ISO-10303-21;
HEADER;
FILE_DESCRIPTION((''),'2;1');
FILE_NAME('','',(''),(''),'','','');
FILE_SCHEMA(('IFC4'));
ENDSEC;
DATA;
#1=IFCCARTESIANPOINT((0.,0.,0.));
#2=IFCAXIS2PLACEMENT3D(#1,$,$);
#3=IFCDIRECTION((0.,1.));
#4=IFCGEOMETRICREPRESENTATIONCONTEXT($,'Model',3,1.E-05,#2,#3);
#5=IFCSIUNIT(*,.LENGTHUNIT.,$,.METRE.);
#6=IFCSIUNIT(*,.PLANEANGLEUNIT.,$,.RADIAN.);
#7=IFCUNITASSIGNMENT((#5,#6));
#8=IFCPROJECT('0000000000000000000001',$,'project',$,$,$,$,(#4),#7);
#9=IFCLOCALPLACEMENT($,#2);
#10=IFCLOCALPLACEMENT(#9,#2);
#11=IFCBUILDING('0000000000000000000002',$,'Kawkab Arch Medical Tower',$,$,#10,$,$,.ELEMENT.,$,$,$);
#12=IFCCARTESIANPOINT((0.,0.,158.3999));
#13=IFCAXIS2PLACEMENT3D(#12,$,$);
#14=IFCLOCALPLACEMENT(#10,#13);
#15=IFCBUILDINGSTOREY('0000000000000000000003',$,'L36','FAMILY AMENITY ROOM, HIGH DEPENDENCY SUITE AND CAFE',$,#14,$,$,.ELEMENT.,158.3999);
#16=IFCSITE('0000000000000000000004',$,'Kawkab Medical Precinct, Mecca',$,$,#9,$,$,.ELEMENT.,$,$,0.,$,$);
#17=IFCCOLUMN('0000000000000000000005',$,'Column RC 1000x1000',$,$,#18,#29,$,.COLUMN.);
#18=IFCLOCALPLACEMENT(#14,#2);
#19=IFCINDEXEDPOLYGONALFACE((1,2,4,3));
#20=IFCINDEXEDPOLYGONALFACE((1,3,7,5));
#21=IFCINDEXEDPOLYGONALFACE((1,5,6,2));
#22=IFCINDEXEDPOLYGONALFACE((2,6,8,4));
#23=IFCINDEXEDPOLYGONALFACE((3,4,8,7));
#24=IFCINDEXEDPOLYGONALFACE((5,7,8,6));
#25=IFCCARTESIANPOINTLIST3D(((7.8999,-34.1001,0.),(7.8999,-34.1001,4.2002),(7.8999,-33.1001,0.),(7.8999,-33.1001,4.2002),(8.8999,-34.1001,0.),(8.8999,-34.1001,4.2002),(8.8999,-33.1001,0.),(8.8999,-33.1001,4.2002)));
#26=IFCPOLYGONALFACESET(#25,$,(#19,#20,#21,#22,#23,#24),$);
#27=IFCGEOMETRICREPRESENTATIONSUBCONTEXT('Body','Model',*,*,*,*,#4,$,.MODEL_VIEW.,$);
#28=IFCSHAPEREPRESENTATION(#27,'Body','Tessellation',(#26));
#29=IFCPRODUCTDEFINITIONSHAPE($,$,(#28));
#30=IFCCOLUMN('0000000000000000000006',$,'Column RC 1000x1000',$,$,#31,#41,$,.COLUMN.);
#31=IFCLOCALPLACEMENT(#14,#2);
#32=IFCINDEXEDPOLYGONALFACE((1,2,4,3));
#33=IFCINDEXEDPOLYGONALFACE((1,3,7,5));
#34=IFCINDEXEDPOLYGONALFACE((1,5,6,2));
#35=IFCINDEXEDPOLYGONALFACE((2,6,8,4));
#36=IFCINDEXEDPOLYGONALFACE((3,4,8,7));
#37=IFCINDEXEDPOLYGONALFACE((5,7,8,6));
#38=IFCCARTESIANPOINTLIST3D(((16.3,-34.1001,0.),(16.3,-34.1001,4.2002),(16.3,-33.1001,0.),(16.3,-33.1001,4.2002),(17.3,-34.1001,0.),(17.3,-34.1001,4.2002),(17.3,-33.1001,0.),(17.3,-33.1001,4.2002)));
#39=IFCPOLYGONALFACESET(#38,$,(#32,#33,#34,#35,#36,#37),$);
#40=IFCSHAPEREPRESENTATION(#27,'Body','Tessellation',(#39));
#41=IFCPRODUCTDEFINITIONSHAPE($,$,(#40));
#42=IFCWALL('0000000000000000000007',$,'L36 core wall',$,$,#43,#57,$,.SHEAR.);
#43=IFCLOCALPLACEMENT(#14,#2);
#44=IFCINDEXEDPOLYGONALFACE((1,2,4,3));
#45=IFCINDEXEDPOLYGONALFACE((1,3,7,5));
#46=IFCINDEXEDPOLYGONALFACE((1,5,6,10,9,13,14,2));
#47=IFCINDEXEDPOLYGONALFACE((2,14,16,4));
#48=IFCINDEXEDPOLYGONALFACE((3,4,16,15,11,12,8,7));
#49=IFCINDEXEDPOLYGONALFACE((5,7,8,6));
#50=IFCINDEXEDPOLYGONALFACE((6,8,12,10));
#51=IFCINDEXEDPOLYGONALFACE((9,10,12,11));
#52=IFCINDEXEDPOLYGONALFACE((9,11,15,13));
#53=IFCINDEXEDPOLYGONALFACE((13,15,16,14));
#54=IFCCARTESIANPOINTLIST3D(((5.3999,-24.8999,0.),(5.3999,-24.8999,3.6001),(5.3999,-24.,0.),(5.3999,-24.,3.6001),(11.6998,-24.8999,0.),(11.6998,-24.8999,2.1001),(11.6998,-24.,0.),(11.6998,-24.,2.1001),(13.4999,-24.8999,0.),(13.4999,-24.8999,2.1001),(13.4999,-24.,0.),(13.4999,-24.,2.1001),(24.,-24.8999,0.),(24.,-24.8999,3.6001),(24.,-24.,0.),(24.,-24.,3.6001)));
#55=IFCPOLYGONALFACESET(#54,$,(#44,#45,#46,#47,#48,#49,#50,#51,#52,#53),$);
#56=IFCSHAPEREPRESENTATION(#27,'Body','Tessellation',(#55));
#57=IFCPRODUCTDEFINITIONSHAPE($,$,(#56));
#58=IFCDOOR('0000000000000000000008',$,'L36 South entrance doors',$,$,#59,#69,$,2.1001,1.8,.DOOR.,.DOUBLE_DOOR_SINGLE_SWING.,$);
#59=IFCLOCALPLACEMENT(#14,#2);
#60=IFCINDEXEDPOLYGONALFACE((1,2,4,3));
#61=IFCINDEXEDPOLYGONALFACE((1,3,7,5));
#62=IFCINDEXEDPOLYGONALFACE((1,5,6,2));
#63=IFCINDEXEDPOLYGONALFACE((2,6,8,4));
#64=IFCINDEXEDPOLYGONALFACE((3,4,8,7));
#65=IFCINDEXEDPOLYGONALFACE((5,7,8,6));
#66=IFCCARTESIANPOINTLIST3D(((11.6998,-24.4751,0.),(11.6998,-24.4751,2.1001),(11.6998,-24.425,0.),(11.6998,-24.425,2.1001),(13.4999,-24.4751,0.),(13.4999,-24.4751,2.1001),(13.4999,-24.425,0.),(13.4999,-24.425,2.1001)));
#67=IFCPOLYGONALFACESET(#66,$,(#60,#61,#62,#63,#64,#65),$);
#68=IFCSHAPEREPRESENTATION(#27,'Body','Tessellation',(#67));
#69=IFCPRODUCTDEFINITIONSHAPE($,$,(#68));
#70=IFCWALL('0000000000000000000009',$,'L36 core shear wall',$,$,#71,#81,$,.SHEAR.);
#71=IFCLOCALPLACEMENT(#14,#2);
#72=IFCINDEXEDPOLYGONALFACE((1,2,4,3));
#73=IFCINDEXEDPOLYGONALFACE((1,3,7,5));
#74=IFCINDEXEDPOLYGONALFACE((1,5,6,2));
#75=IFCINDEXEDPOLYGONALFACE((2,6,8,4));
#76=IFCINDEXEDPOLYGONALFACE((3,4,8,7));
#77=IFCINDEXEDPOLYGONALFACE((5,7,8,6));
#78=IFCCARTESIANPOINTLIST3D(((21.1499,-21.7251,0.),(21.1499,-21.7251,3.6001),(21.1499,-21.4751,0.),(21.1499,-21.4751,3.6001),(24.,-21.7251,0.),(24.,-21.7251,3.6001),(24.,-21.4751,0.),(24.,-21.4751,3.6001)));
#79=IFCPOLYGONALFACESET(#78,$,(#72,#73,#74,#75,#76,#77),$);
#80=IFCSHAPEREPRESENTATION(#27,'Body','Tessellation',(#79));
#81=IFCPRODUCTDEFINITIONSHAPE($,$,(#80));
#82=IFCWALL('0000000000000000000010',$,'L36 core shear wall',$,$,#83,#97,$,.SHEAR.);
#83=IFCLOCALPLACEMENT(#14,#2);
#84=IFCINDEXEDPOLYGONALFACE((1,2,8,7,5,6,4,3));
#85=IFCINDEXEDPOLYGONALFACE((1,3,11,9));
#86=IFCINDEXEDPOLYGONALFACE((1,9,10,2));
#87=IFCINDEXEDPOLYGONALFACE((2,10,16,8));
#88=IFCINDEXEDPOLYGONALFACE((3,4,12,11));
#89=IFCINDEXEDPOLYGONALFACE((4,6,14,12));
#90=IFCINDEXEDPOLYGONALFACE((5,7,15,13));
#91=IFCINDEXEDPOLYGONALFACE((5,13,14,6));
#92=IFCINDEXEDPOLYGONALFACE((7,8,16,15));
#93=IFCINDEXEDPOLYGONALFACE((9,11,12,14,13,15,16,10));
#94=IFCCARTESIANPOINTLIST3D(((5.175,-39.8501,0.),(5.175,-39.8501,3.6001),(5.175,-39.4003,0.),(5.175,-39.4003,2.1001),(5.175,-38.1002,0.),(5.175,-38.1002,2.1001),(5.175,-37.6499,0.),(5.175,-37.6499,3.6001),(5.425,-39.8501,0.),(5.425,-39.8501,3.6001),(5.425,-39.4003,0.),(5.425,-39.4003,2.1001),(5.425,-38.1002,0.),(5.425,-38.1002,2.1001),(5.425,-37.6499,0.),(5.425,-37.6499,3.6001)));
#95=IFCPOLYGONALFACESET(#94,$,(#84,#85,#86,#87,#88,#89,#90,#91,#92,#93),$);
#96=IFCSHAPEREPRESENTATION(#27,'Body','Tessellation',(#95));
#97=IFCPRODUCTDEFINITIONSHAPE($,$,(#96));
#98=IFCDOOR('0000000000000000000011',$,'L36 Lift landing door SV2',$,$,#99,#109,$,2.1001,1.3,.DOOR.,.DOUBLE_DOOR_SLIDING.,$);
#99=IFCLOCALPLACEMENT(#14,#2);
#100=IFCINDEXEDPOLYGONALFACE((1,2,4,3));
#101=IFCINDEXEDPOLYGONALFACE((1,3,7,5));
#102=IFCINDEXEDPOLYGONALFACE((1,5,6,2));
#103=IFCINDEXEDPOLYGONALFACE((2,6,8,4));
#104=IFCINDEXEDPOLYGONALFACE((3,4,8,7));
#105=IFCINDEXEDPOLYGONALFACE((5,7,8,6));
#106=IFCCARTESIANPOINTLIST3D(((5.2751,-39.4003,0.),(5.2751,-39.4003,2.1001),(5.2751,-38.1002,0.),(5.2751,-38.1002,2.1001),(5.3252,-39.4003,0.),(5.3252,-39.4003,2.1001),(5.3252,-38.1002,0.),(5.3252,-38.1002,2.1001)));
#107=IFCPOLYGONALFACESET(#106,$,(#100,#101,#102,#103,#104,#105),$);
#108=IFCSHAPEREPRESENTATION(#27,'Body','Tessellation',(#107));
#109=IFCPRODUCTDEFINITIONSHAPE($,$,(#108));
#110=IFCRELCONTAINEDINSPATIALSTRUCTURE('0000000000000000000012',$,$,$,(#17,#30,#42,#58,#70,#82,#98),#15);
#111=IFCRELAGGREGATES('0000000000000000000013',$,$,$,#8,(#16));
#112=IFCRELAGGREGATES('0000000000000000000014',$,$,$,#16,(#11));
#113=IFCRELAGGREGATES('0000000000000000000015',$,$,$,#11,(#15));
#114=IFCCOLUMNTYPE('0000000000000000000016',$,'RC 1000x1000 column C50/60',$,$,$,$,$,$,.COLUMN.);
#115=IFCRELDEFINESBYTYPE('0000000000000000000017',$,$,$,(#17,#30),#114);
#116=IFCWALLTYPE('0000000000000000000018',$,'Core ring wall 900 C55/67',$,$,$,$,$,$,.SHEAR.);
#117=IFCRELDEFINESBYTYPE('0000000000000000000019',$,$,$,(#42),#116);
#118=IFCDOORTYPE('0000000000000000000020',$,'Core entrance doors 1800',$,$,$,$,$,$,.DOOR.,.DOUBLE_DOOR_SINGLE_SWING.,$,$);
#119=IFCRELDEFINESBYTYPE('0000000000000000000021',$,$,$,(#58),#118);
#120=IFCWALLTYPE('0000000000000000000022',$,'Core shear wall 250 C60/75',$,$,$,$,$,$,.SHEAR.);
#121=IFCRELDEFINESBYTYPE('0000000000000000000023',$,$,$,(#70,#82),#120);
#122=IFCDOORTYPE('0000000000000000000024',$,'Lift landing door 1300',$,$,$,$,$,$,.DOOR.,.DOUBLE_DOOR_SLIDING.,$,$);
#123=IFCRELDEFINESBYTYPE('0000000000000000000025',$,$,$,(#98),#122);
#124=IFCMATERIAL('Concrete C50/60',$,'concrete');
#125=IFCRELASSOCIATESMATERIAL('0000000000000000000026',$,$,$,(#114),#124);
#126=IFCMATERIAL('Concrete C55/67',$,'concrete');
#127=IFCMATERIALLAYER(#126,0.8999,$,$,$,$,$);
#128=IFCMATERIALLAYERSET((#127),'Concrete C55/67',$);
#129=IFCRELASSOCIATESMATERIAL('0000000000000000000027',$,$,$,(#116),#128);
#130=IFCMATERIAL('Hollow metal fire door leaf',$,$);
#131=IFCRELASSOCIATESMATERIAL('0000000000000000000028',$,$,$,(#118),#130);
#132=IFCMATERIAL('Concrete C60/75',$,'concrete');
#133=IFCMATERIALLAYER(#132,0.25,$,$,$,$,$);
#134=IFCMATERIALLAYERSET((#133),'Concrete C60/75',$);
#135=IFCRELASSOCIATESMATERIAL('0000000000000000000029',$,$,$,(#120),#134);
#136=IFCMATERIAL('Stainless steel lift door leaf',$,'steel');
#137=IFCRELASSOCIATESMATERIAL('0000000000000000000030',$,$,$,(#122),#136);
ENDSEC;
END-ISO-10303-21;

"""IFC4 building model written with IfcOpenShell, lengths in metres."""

from ifc_helpers import new_model, si_unit, direction, frame, frame_2d, origin, origin_2d, place, context, subcontext, project, spatial, rectangle, extrude, material, layer, layer_set, material_profile, profile_set, type_object, element, fill, save


model = new_model("IFC4")

# Units and contexts
model_context = context("Model", 3, precision=1e-05, world=origin(), true_north=direction((0.0, 1.0)))
body_context = subcontext(model_context, "Body", "Model", "MODEL_VIEW")
ifc_project = project(units=[si_unit("LENGTHUNIT", "METRE"), si_unit("PLANEANGLEUNIT", "RADIAN")], contexts=[model_context])

# Site, building, storey
site_placement = place(None, origin())
site = spatial("IfcSite", under=ifc_project, at=site_placement, Name="Kawkab Medical Precinct, Mecca", CompositionType="ELEMENT", RefElevation=0.0)
building_placement = place(site_placement, origin())
building = spatial("IfcBuilding", under=site, at=building_placement, Name="Kawkab Arch Medical Tower", CompositionType="ELEMENT")
storey_placement = place(building_placement, frame((0.0, 0.0, 158.3999)))
storey = spatial("IfcBuildingStorey", under=building, at=storey_placement, Name="L36", Description="FAMILY AMENITY ROOM, HIGH DEPENDENCY SUITE AND CAFE", CompositionType="ELEMENT", Elevation=158.3999)

# Columns
ifc_material_1 = material(Name="Concrete C50/60", Category="concrete")
ifc_material_profile = material_profile(ifc_material_1, rectangle(XDim=1.0, YDim=1.0, at=origin_2d()), Name="RC 1000x1000")
ifc_profile_set = profile_set([ifc_material_profile], Name="Concrete C50/60")
column_type = type_object("IfcColumnType", Name="RC 1000x1000 column C50/60", PredefinedType="COLUMN", material=ifc_profile_set)
for number, where, z_axis, x_axis, name in (
    (1, (8.3999, -33.6001, 0.0), (0.0, 0.0, 1.0), (1.0, 0.0, 0.0), "Column RC 1000x1000"),
    (2, (16.8, -33.6001, 0.0), (0.0, 0.0, 1.0), (1.0, 0.0, 0.0), "Column RC 1000x1000"),
):
    element("IfcColumn", number, at=place(storey_placement, frame(where, z_axis=z_axis, x_axis=x_axis)), inside=storey, type_object=column_type, Name=name, PredefinedType="COLUMN", context=body_context, shape_type="SweptSolid", body=[
        extrude(rectangle(XDim=1.0, YDim=1.0, at=origin_2d()), origin(), (0.0, 0.0, 1.0), 4.2002),
    ])

# Wall, opening, door
ifc_material_2 = material(Name="Concrete C55/67", Category="concrete")
ifc_layer_1 = layer(ifc_material_2, 0.8999)
ifc_layer_set_1 = layer_set([ifc_layer_1], Name="Concrete C55/67")
wall_type_1 = type_object("IfcWallType", Name="Core ring wall 900 C55/67", PredefinedType="SHEAR", material=ifc_layer_set_1)
wall_1_placement = place(storey_placement, frame((5.3999, -24.45, 0.0), z_axis=(0.0, 0.0, 1.0), x_axis=(1.0, 0.0, 0.0)))
wall_1 = element("IfcWall", 3, at=wall_1_placement, inside=storey, type_object=wall_type_1, Name="L36 core wall", PredefinedType="SHEAR", context=body_context, shape_type="SweptSolid", body=[
    extrude(rectangle(XDim=18.6001, YDim=0.8999, at=frame_2d((9.3, 0.0))), origin(), (0.0, 0.0, 1.0), 3.6001),
])
opening_1_placement = place(wall_1_placement, frame((6.3, 0.0, 0.0)))
opening_1 = element("IfcOpeningElement", 4, at=opening_1_placement, cuts=wall_1, PredefinedType="OPENING", context=body_context, shape_type="SweptSolid", body=[
    extrude(rectangle(XDim=1.8, YDim=2.1001, at=frame_2d((0.8999, 1.05))), frame((0.0, 0.46, 0.0), z_axis=(0.0, -1.0, 0.0), x_axis=(1.0, 0.0, 0.0)), (0.0, 0.0, 1.0), 0.9199),
])
ifc_material_3 = material(Name="Hollow metal fire door leaf")
door_type_1 = type_object("IfcDoorType", Name="Core entrance doors 1800", OperationType="DOUBLE_DOOR_SINGLE_SWING", PredefinedType="DOOR", material=ifc_material_3)
door_1_placement = place(opening_1_placement, origin())
door_1 = element("IfcDoor", 5, at=door_1_placement, inside=storey, type_object=door_type_1, Name="L36 South entrance doors", OperationType="DOUBLE_DOOR_SINGLE_SWING", OverallHeight=2.1001, OverallWidth=1.8, PredefinedType="DOOR", context=body_context, shape_type="SweptSolid", body=[
    extrude(rectangle(XDim=1.8, YDim=2.1001, at=frame_2d((0.8999, 1.05))), frame((0.0, 0.0249, 0.0), z_axis=(0.0, -1.0, 0.0), x_axis=(1.0, 0.0, 0.0)), (0.0, 0.0, 1.0), 0.05),
])
fill(opening_1, door_1)

# Wall
ifc_material_4 = material(Name="Concrete C60/75", Category="concrete")
ifc_layer_2 = layer(ifc_material_4, 0.25)
ifc_layer_set_2 = layer_set([ifc_layer_2], Name="Concrete C60/75")
wall_type_2 = type_object("IfcWallType", Name="Core shear wall 250 C60/75", PredefinedType="SHEAR", material=ifc_layer_set_2)
wall_2_placement = place(storey_placement, frame((21.1499, -21.6001, 0.0), z_axis=(0.0, 0.0, 1.0), x_axis=(1.0, 0.0, 0.0)))
element("IfcWall", 6, at=wall_2_placement, inside=storey, type_object=wall_type_2, Name="L36 core shear wall", PredefinedType="SHEAR", context=body_context, shape_type="SweptSolid", body=[
    extrude(rectangle(XDim=2.8501, YDim=0.25, at=frame_2d((1.425, 0.0))), origin(), (0.0, 0.0, 1.0), 3.6001),
])

# Wall, opening, door
wall_3_placement = place(storey_placement, frame((5.3, -39.8501, 0.0), z_axis=(0.0, 0.0, 1.0), x_axis=(0.0, 1.0, 0.0)))
wall_3 = element("IfcWall", 7, at=wall_3_placement, inside=storey, type_object=wall_type_2, Name="L36 core shear wall", PredefinedType="SHEAR", context=body_context, shape_type="SweptSolid", body=[
    extrude(rectangle(XDim=2.2002, YDim=0.25, at=frame_2d((1.1001, 0.0))), origin(), (0.0, 0.0, 1.0), 3.6001),
])
opening_2_placement = place(wall_3_placement, frame((0.45, 0.0, 0.0)))
opening_2 = element("IfcOpeningElement", 8, at=opening_2_placement, cuts=wall_3, PredefinedType="OPENING", context=body_context, shape_type="SweptSolid", body=[
    extrude(rectangle(XDim=1.3, YDim=2.1001, at=frame_2d((0.6499, 1.05))), frame((0.0, 0.135, 0.0), z_axis=(0.0, -1.0, 0.0), x_axis=(1.0, 0.0, 0.0)), (0.0, 0.0, 1.0), 0.27),
])
ifc_material_5 = material(Name="Stainless steel lift door leaf", Category="steel")
door_type_2 = type_object("IfcDoorType", Name="Lift landing door 1300", OperationType="DOUBLE_DOOR_SLIDING", PredefinedType="DOOR", material=ifc_material_5)
door_2_placement = place(opening_2_placement, origin())
door_2 = element("IfcDoor", 9, at=door_2_placement, inside=storey, type_object=door_type_2, Name="L36 Lift landing door SV2", OperationType="DOUBLE_DOOR_SLIDING", OverallHeight=2.1001, OverallWidth=1.3, PredefinedType="DOOR", context=body_context, shape_type="SweptSolid", body=[
    extrude(rectangle(XDim=1.3, YDim=2.1001, at=frame_2d((0.6499, 1.05))), frame((0.0, 0.0249, 0.0), z_axis=(0.0, -1.0, 0.0), x_axis=(1.0, 0.0, 0.0)), (0.0, 0.0, 1.0), 0.05),
])
fill(opening_2, door_2)

save(model, "model.ifc")
